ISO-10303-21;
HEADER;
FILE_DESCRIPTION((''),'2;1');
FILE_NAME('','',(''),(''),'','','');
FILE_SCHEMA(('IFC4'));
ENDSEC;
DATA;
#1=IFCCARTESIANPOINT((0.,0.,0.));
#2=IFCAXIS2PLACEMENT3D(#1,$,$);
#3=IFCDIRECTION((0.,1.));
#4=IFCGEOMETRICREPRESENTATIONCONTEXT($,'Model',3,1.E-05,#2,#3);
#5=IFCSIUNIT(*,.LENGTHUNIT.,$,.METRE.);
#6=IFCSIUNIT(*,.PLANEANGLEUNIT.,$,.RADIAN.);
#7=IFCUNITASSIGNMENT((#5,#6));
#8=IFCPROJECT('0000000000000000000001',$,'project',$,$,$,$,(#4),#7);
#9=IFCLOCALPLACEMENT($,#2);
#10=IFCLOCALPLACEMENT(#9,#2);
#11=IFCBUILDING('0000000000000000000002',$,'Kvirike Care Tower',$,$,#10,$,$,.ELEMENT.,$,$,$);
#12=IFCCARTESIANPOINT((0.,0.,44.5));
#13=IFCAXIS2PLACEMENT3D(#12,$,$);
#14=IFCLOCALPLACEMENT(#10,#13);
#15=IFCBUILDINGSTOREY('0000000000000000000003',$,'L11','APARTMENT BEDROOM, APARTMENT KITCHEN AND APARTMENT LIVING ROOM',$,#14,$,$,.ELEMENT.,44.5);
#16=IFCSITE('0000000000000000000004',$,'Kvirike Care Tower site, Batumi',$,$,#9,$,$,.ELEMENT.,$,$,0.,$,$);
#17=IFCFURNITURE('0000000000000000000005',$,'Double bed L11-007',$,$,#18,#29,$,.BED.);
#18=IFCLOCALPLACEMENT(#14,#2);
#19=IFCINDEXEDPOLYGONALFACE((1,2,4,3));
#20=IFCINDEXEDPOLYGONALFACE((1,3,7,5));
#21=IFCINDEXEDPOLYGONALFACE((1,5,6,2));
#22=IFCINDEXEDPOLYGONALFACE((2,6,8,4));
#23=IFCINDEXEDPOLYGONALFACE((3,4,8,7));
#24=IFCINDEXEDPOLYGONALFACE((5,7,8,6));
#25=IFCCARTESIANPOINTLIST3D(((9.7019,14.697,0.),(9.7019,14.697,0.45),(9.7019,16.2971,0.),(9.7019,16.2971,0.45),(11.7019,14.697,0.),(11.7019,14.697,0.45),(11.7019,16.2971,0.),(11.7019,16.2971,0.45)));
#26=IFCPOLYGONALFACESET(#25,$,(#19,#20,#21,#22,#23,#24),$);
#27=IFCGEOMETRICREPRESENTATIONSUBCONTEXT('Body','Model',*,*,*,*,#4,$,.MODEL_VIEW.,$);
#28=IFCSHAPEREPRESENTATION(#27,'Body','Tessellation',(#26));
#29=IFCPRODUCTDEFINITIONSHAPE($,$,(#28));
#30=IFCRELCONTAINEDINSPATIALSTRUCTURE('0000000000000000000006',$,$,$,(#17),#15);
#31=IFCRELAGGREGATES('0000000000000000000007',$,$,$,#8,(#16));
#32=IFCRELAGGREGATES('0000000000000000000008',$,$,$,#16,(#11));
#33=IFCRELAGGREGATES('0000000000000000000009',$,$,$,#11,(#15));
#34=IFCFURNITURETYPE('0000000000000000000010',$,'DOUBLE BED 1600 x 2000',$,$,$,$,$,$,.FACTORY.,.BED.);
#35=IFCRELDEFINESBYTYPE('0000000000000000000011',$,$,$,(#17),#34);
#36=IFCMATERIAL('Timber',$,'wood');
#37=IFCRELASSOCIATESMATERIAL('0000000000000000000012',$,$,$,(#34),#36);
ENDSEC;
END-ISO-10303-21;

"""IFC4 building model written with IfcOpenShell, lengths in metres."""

from ifc_helpers import new_model, si_unit, direction, frame, origin, origin_2d, place, context, subcontext, project, spatial, rectangle, extrude, material, type_object, element, save


model = new_model("IFC4")

# Units and contexts
model_context = context("Model", 3, precision=1e-05, world=origin(), true_north=direction((0.0, 1.0)))
body_context = subcontext(model_context, "Body", "Model", "MODEL_VIEW")
ifc_project = project(units=[si_unit("LENGTHUNIT", "METRE"), si_unit("PLANEANGLEUNIT", "RADIAN")], contexts=[model_context])

# Site, building, storey
site_placement = place(None, origin())
site = spatial("IfcSite", under=ifc_project, at=site_placement, Name="Kvirike Care Tower site, Batumi", CompositionType="ELEMENT", RefElevation=0.0)
building_placement = place(site_placement, origin())
building = spatial("IfcBuilding", under=site, at=building_placement, Name="Kvirike Care Tower", CompositionType="ELEMENT")
storey_placement = place(building_placement, frame((0.0, 0.0, 44.5)))
storey = spatial("IfcBuildingStorey", under=building, at=storey_placement, Name="L11", Description="APARTMENT BEDROOM, APARTMENT KITCHEN AND APARTMENT LIVING ROOM", CompositionType="ELEMENT", Elevation=44.5)

# Furniture
ifc_material_1 = material(Name="Timber", Category="wood")
furniture_type = type_object("IfcFurnitureType", Name="DOUBLE BED 1600 x 2000", AssemblyPlace="FACTORY", PredefinedType="BED", material=ifc_material_1)
furniture_placement = place(storey_placement, frame((10.7019, 15.4971, 0.0), z_axis=(0.0, 0.0, 1.0), x_axis=(0.0, 1.0, 0.0)))
element("IfcFurniture", 1, at=furniture_placement, inside=storey, type_object=furniture_type, Name="Double bed L11-007", PredefinedType="BED", context=body_context, shape_type="SweptSolid", body=[
    extrude(rectangle(XDim=1.6001, YDim=2.0, at=origin_2d()), origin(), (0.0, 0.0, 1.0), 0.45),
])

save(model, "model.ifc")
